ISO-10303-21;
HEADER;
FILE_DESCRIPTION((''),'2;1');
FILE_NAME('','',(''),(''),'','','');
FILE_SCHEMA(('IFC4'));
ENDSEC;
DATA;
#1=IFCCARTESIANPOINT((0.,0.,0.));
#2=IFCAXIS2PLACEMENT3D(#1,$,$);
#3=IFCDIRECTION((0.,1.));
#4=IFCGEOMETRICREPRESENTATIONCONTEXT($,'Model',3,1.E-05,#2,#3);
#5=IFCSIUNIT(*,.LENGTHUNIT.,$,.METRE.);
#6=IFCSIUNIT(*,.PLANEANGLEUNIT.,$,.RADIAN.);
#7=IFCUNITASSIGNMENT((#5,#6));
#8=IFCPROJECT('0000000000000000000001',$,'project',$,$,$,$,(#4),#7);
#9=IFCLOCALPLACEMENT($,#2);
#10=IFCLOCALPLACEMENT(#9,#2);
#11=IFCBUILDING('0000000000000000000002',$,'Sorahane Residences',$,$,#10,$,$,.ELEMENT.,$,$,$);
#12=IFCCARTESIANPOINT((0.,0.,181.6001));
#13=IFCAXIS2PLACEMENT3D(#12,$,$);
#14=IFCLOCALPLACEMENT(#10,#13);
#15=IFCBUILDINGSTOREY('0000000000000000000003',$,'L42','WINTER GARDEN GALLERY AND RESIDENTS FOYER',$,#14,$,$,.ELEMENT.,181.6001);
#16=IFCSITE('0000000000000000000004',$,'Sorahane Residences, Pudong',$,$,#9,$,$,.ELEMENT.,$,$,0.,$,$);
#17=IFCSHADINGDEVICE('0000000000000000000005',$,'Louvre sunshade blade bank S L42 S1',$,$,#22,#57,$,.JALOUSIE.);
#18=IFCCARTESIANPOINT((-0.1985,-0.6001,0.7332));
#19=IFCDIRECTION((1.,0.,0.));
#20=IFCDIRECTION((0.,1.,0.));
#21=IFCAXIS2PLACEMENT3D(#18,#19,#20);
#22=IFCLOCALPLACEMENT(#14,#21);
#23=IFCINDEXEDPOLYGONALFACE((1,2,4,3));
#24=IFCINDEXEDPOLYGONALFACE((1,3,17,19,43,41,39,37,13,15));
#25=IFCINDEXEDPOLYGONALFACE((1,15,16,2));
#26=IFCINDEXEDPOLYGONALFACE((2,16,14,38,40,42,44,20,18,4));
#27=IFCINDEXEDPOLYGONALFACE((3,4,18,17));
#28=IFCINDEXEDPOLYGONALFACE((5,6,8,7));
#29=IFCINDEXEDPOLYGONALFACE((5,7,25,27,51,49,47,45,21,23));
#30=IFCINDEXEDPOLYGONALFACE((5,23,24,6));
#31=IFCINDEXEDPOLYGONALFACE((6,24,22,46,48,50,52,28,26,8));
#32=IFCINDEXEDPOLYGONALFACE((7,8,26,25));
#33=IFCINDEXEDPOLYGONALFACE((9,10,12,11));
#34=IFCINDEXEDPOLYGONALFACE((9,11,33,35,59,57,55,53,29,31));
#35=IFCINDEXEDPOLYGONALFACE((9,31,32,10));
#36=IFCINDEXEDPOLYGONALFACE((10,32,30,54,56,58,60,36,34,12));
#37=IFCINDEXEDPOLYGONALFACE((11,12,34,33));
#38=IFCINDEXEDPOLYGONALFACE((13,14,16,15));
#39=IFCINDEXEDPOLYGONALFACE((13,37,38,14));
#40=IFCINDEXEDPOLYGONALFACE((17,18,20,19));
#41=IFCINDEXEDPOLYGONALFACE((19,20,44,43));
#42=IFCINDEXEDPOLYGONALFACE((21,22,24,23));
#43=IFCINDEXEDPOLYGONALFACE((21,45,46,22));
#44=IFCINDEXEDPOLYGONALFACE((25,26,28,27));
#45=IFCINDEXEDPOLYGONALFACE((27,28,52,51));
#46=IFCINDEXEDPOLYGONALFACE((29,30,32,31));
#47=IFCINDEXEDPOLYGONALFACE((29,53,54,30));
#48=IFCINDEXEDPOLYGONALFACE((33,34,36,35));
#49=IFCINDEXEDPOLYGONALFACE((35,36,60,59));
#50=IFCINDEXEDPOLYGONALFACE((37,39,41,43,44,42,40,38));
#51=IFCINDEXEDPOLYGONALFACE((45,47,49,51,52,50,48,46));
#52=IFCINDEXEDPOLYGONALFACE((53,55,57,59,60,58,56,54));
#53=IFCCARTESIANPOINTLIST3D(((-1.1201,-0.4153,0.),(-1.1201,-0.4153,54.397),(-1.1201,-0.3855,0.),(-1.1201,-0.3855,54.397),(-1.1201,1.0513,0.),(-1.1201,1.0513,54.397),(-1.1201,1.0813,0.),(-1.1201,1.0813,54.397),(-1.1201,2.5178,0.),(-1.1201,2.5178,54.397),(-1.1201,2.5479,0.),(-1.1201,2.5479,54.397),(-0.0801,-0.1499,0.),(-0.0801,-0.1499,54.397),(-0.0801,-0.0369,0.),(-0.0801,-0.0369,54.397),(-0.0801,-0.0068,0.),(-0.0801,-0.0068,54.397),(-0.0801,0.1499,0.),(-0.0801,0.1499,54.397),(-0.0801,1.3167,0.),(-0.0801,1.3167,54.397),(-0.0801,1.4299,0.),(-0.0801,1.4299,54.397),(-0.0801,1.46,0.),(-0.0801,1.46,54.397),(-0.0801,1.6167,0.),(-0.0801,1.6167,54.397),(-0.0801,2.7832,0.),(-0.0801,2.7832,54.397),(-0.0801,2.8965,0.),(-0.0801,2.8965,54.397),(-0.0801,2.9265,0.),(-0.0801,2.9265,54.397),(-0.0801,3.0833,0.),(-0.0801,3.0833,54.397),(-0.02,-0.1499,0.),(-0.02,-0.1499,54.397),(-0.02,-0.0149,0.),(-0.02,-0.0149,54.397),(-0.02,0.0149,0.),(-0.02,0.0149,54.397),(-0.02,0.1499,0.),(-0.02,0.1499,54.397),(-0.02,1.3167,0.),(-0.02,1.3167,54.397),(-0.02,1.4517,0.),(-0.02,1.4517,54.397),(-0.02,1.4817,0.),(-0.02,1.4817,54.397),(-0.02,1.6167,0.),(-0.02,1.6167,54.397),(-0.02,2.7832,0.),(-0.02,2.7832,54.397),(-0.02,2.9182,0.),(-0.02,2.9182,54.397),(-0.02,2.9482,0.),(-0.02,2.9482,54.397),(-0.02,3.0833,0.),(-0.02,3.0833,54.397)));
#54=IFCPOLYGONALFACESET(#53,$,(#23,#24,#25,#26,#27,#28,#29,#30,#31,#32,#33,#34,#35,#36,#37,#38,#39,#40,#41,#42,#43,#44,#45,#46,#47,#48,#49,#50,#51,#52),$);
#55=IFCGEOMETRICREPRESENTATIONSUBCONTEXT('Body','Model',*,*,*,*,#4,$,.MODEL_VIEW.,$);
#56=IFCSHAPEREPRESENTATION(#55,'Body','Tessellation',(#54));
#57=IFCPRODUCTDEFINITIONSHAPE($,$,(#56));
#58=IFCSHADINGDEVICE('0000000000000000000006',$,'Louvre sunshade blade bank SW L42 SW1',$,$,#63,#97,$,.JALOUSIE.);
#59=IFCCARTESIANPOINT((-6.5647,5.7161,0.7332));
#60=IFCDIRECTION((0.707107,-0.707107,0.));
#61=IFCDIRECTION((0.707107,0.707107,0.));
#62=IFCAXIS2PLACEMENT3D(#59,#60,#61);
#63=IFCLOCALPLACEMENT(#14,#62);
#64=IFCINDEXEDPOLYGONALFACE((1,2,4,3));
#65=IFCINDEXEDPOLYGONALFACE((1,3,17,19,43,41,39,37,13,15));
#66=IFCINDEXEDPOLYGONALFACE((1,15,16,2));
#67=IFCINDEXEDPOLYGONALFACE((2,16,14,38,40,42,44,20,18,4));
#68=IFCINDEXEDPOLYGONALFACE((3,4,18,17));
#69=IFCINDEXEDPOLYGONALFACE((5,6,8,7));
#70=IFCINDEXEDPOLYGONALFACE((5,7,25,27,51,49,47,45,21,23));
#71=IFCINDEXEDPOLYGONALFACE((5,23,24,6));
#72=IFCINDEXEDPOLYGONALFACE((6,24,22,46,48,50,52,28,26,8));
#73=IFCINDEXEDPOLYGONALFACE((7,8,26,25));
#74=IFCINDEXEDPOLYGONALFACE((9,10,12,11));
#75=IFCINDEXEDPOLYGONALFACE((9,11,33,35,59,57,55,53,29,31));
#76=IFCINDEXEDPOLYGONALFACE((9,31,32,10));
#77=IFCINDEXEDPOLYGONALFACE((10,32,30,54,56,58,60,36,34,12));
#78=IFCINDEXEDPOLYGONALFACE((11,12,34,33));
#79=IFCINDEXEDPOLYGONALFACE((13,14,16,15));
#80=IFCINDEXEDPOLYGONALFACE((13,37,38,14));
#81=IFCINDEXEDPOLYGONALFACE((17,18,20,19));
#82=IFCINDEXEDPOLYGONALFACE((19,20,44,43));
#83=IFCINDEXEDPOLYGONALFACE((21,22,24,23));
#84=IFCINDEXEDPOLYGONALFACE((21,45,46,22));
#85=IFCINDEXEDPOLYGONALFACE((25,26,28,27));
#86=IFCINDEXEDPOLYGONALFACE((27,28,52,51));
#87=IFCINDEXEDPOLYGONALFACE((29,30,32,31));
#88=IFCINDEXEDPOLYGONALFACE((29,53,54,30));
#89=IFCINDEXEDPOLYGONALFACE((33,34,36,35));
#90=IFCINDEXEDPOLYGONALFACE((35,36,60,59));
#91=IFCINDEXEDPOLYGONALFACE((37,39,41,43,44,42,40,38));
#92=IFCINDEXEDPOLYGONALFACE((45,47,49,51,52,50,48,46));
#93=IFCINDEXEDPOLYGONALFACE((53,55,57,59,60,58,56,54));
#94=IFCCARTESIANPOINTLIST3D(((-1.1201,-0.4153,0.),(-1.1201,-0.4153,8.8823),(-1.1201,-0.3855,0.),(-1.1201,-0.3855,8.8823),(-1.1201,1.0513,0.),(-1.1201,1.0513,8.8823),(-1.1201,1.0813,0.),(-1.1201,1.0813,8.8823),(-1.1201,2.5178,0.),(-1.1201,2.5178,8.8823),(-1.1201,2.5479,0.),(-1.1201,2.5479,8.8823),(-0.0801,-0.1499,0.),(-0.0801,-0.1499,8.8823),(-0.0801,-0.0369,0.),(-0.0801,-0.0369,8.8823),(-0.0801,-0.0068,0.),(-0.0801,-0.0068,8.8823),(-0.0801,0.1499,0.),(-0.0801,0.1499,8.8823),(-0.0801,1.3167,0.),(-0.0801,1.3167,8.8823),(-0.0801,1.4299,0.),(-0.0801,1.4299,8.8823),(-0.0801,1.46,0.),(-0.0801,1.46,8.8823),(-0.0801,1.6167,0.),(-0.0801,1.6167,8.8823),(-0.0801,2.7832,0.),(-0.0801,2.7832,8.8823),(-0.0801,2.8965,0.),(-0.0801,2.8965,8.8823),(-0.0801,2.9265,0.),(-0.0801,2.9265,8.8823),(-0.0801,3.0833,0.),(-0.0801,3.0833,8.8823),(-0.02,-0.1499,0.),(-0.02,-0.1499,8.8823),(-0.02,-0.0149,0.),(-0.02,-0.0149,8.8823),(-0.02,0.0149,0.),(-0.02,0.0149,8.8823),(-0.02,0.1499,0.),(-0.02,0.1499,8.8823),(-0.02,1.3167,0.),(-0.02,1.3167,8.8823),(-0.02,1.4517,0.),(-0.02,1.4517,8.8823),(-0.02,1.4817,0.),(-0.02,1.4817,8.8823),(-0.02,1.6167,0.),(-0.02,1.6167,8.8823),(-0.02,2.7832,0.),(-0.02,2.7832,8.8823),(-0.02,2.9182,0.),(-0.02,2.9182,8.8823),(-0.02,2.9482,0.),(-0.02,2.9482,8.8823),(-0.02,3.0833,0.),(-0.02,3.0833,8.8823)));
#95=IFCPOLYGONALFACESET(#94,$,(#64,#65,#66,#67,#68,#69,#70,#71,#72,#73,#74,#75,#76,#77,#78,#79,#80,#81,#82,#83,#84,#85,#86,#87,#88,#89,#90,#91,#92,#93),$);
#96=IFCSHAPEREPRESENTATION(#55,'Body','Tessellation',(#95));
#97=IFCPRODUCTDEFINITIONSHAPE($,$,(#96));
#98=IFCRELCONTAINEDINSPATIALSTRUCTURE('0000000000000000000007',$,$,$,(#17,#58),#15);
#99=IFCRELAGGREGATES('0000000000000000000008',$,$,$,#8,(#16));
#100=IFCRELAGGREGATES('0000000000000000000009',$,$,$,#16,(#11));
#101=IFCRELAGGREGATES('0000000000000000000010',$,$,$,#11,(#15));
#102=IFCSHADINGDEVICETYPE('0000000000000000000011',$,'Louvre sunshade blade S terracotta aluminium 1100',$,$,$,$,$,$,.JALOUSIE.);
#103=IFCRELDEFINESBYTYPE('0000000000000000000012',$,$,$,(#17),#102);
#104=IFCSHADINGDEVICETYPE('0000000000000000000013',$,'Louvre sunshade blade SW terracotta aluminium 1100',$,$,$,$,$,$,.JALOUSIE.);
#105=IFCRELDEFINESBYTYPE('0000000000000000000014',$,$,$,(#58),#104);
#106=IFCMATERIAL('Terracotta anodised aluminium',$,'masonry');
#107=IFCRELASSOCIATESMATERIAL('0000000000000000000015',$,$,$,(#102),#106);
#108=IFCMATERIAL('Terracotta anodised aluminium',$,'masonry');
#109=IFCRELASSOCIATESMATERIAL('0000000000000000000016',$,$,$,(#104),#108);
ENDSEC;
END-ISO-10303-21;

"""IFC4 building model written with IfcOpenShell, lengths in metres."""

from ifc_helpers import new_model, si_unit, direction, frame, origin, place, context, subcontext, project, spatial, polyline, outline, composite_profile, extrude, material, type_object, element, save


model = new_model("IFC4")

# Units and contexts
model_context = context("Model", 3, precision=1e-05, world=origin(), true_north=direction((0.0, 1.0)))
body_context = subcontext(model_context, "Body", "Model", "MODEL_VIEW")
ifc_project = project(units=[si_unit("LENGTHUNIT", "METRE"), si_unit("PLANEANGLEUNIT", "RADIAN")], contexts=[model_context])

# Site, building, storey
site_placement = place(None, origin())
site = spatial("IfcSite", under=ifc_project, at=site_placement, Name="Sorahane Residences, Pudong", CompositionType="ELEMENT", RefElevation=0.0)
building_placement = place(site_placement, origin())
building = spatial("IfcBuilding", under=site, at=building_placement, Name="Sorahane Residences", CompositionType="ELEMENT")
storey_placement = place(building_placement, frame((0.0, 0.0, 181.6001)))
storey = spatial("IfcBuildingStorey", under=building, at=storey_placement, Name="L42", Description="WINTER GARDEN GALLERY AND RESIDENTS FOYER", CompositionType="ELEMENT", Elevation=181.6001)

# Shading devices
ifc_material_1 = material(Name="Terracotta anodised aluminium", Category="masonry")
shading_device_type_1 = type_object("IfcShadingDeviceType", Name="Louvre sunshade blade S terracotta aluminium 1100", PredefinedType="JALOUSIE", material=ifc_material_1)
shading_device_1_placement = place(storey_placement, frame((-0.1985, -0.6001, 0.7332), z_axis=(1.0, 0.0, 0.0), x_axis=(0.0, 1.0, 0.0)))
element("IfcShadingDevice", 1, at=shading_device_1_placement, inside=storey, type_object=shading_device_type_1, Name="Louvre sunshade blade bank S L42 S1", PredefinedType="JALOUSIE", context=body_context, shape_type="SweptSolid", body=[
    extrude(composite_profile([outline(polyline([(-1.1201, -0.3855), (-1.1201, -0.4153), (-0.0801, -0.0369), (-0.0801, -0.1499), (-0.02, -0.1499), (-0.02, -0.0149), (-0.02, 0.0149), (-0.02, 0.1499), (-0.0801, 0.1499), (-0.0801, -0.0068), (-1.1201, -0.3855)])), outline(polyline([(-1.1201, 1.0813), (-1.1201, 1.0513), (-0.0801, 1.4299), (-0.0801, 1.3167), (-0.02, 1.3167), (-0.02, 1.4517), (-0.02, 1.4817), (-0.02, 1.6167), (-0.0801, 1.6167), (-0.0801, 1.46), (-1.1201, 1.0813)])), outline(polyline([(-1.1201, 2.5479), (-1.1201, 2.5178), (-0.0801, 2.8965), (-0.0801, 2.7832), (-0.02, 2.7832), (-0.02, 2.9182), (-0.02, 2.9482), (-0.02, 3.0833), (-0.0801, 3.0833), (-0.0801, 2.9265), (-1.1201, 2.5479)]))]), origin(), (0.0, 0.0, 1.0), 54.397),
])
ifc_material_2 = material(Name="Terracotta anodised aluminium", Category="masonry")
shading_device_type_2 = type_object("IfcShadingDeviceType", Name="Louvre sunshade blade SW terracotta aluminium 1100", PredefinedType="JALOUSIE", material=ifc_material_2)
shading_device_2_placement = place(storey_placement, frame((-6.5647, 5.7161, 0.7332), z_axis=(0.707107, -0.707107, 0.0), x_axis=(0.707107, 0.707107, 0.0)))
element("IfcShadingDevice", 2, at=shading_device_2_placement, inside=storey, type_object=shading_device_type_2, Name="Louvre sunshade blade bank SW L42 SW1", PredefinedType="JALOUSIE", context=body_context, shape_type="SweptSolid", body=[
    extrude(composite_profile([outline(polyline([(-1.1201, -0.3855), (-1.1201, -0.4153), (-0.0801, -0.0369), (-0.0801, -0.1499), (-0.02, -0.1499), (-0.02, -0.0149), (-0.02, 0.0149), (-0.02, 0.1499), (-0.0801, 0.1499), (-0.0801, -0.0068), (-1.1201, -0.3855)])), outline(polyline([(-1.1201, 1.0813), (-1.1201, 1.0513), (-0.0801, 1.4299), (-0.0801, 1.3167), (-0.02, 1.3167), (-0.02, 1.4517), (-0.02, 1.4817), (-0.02, 1.6167), (-0.0801, 1.6167), (-0.0801, 1.46), (-1.1201, 1.0813)])), outline(polyline([(-1.1201, 2.5479), (-1.1201, 2.5178), (-0.0801, 2.8965), (-0.0801, 2.7832), (-0.02, 2.7832), (-0.02, 2.9182), (-0.02, 2.9482), (-0.02, 3.0833), (-0.0801, 3.0833), (-0.0801, 2.9265), (-1.1201, 2.5479)]))]), origin(), (0.0, 0.0, 1.0), 8.8823),
])

save(model, "model.ifc")
